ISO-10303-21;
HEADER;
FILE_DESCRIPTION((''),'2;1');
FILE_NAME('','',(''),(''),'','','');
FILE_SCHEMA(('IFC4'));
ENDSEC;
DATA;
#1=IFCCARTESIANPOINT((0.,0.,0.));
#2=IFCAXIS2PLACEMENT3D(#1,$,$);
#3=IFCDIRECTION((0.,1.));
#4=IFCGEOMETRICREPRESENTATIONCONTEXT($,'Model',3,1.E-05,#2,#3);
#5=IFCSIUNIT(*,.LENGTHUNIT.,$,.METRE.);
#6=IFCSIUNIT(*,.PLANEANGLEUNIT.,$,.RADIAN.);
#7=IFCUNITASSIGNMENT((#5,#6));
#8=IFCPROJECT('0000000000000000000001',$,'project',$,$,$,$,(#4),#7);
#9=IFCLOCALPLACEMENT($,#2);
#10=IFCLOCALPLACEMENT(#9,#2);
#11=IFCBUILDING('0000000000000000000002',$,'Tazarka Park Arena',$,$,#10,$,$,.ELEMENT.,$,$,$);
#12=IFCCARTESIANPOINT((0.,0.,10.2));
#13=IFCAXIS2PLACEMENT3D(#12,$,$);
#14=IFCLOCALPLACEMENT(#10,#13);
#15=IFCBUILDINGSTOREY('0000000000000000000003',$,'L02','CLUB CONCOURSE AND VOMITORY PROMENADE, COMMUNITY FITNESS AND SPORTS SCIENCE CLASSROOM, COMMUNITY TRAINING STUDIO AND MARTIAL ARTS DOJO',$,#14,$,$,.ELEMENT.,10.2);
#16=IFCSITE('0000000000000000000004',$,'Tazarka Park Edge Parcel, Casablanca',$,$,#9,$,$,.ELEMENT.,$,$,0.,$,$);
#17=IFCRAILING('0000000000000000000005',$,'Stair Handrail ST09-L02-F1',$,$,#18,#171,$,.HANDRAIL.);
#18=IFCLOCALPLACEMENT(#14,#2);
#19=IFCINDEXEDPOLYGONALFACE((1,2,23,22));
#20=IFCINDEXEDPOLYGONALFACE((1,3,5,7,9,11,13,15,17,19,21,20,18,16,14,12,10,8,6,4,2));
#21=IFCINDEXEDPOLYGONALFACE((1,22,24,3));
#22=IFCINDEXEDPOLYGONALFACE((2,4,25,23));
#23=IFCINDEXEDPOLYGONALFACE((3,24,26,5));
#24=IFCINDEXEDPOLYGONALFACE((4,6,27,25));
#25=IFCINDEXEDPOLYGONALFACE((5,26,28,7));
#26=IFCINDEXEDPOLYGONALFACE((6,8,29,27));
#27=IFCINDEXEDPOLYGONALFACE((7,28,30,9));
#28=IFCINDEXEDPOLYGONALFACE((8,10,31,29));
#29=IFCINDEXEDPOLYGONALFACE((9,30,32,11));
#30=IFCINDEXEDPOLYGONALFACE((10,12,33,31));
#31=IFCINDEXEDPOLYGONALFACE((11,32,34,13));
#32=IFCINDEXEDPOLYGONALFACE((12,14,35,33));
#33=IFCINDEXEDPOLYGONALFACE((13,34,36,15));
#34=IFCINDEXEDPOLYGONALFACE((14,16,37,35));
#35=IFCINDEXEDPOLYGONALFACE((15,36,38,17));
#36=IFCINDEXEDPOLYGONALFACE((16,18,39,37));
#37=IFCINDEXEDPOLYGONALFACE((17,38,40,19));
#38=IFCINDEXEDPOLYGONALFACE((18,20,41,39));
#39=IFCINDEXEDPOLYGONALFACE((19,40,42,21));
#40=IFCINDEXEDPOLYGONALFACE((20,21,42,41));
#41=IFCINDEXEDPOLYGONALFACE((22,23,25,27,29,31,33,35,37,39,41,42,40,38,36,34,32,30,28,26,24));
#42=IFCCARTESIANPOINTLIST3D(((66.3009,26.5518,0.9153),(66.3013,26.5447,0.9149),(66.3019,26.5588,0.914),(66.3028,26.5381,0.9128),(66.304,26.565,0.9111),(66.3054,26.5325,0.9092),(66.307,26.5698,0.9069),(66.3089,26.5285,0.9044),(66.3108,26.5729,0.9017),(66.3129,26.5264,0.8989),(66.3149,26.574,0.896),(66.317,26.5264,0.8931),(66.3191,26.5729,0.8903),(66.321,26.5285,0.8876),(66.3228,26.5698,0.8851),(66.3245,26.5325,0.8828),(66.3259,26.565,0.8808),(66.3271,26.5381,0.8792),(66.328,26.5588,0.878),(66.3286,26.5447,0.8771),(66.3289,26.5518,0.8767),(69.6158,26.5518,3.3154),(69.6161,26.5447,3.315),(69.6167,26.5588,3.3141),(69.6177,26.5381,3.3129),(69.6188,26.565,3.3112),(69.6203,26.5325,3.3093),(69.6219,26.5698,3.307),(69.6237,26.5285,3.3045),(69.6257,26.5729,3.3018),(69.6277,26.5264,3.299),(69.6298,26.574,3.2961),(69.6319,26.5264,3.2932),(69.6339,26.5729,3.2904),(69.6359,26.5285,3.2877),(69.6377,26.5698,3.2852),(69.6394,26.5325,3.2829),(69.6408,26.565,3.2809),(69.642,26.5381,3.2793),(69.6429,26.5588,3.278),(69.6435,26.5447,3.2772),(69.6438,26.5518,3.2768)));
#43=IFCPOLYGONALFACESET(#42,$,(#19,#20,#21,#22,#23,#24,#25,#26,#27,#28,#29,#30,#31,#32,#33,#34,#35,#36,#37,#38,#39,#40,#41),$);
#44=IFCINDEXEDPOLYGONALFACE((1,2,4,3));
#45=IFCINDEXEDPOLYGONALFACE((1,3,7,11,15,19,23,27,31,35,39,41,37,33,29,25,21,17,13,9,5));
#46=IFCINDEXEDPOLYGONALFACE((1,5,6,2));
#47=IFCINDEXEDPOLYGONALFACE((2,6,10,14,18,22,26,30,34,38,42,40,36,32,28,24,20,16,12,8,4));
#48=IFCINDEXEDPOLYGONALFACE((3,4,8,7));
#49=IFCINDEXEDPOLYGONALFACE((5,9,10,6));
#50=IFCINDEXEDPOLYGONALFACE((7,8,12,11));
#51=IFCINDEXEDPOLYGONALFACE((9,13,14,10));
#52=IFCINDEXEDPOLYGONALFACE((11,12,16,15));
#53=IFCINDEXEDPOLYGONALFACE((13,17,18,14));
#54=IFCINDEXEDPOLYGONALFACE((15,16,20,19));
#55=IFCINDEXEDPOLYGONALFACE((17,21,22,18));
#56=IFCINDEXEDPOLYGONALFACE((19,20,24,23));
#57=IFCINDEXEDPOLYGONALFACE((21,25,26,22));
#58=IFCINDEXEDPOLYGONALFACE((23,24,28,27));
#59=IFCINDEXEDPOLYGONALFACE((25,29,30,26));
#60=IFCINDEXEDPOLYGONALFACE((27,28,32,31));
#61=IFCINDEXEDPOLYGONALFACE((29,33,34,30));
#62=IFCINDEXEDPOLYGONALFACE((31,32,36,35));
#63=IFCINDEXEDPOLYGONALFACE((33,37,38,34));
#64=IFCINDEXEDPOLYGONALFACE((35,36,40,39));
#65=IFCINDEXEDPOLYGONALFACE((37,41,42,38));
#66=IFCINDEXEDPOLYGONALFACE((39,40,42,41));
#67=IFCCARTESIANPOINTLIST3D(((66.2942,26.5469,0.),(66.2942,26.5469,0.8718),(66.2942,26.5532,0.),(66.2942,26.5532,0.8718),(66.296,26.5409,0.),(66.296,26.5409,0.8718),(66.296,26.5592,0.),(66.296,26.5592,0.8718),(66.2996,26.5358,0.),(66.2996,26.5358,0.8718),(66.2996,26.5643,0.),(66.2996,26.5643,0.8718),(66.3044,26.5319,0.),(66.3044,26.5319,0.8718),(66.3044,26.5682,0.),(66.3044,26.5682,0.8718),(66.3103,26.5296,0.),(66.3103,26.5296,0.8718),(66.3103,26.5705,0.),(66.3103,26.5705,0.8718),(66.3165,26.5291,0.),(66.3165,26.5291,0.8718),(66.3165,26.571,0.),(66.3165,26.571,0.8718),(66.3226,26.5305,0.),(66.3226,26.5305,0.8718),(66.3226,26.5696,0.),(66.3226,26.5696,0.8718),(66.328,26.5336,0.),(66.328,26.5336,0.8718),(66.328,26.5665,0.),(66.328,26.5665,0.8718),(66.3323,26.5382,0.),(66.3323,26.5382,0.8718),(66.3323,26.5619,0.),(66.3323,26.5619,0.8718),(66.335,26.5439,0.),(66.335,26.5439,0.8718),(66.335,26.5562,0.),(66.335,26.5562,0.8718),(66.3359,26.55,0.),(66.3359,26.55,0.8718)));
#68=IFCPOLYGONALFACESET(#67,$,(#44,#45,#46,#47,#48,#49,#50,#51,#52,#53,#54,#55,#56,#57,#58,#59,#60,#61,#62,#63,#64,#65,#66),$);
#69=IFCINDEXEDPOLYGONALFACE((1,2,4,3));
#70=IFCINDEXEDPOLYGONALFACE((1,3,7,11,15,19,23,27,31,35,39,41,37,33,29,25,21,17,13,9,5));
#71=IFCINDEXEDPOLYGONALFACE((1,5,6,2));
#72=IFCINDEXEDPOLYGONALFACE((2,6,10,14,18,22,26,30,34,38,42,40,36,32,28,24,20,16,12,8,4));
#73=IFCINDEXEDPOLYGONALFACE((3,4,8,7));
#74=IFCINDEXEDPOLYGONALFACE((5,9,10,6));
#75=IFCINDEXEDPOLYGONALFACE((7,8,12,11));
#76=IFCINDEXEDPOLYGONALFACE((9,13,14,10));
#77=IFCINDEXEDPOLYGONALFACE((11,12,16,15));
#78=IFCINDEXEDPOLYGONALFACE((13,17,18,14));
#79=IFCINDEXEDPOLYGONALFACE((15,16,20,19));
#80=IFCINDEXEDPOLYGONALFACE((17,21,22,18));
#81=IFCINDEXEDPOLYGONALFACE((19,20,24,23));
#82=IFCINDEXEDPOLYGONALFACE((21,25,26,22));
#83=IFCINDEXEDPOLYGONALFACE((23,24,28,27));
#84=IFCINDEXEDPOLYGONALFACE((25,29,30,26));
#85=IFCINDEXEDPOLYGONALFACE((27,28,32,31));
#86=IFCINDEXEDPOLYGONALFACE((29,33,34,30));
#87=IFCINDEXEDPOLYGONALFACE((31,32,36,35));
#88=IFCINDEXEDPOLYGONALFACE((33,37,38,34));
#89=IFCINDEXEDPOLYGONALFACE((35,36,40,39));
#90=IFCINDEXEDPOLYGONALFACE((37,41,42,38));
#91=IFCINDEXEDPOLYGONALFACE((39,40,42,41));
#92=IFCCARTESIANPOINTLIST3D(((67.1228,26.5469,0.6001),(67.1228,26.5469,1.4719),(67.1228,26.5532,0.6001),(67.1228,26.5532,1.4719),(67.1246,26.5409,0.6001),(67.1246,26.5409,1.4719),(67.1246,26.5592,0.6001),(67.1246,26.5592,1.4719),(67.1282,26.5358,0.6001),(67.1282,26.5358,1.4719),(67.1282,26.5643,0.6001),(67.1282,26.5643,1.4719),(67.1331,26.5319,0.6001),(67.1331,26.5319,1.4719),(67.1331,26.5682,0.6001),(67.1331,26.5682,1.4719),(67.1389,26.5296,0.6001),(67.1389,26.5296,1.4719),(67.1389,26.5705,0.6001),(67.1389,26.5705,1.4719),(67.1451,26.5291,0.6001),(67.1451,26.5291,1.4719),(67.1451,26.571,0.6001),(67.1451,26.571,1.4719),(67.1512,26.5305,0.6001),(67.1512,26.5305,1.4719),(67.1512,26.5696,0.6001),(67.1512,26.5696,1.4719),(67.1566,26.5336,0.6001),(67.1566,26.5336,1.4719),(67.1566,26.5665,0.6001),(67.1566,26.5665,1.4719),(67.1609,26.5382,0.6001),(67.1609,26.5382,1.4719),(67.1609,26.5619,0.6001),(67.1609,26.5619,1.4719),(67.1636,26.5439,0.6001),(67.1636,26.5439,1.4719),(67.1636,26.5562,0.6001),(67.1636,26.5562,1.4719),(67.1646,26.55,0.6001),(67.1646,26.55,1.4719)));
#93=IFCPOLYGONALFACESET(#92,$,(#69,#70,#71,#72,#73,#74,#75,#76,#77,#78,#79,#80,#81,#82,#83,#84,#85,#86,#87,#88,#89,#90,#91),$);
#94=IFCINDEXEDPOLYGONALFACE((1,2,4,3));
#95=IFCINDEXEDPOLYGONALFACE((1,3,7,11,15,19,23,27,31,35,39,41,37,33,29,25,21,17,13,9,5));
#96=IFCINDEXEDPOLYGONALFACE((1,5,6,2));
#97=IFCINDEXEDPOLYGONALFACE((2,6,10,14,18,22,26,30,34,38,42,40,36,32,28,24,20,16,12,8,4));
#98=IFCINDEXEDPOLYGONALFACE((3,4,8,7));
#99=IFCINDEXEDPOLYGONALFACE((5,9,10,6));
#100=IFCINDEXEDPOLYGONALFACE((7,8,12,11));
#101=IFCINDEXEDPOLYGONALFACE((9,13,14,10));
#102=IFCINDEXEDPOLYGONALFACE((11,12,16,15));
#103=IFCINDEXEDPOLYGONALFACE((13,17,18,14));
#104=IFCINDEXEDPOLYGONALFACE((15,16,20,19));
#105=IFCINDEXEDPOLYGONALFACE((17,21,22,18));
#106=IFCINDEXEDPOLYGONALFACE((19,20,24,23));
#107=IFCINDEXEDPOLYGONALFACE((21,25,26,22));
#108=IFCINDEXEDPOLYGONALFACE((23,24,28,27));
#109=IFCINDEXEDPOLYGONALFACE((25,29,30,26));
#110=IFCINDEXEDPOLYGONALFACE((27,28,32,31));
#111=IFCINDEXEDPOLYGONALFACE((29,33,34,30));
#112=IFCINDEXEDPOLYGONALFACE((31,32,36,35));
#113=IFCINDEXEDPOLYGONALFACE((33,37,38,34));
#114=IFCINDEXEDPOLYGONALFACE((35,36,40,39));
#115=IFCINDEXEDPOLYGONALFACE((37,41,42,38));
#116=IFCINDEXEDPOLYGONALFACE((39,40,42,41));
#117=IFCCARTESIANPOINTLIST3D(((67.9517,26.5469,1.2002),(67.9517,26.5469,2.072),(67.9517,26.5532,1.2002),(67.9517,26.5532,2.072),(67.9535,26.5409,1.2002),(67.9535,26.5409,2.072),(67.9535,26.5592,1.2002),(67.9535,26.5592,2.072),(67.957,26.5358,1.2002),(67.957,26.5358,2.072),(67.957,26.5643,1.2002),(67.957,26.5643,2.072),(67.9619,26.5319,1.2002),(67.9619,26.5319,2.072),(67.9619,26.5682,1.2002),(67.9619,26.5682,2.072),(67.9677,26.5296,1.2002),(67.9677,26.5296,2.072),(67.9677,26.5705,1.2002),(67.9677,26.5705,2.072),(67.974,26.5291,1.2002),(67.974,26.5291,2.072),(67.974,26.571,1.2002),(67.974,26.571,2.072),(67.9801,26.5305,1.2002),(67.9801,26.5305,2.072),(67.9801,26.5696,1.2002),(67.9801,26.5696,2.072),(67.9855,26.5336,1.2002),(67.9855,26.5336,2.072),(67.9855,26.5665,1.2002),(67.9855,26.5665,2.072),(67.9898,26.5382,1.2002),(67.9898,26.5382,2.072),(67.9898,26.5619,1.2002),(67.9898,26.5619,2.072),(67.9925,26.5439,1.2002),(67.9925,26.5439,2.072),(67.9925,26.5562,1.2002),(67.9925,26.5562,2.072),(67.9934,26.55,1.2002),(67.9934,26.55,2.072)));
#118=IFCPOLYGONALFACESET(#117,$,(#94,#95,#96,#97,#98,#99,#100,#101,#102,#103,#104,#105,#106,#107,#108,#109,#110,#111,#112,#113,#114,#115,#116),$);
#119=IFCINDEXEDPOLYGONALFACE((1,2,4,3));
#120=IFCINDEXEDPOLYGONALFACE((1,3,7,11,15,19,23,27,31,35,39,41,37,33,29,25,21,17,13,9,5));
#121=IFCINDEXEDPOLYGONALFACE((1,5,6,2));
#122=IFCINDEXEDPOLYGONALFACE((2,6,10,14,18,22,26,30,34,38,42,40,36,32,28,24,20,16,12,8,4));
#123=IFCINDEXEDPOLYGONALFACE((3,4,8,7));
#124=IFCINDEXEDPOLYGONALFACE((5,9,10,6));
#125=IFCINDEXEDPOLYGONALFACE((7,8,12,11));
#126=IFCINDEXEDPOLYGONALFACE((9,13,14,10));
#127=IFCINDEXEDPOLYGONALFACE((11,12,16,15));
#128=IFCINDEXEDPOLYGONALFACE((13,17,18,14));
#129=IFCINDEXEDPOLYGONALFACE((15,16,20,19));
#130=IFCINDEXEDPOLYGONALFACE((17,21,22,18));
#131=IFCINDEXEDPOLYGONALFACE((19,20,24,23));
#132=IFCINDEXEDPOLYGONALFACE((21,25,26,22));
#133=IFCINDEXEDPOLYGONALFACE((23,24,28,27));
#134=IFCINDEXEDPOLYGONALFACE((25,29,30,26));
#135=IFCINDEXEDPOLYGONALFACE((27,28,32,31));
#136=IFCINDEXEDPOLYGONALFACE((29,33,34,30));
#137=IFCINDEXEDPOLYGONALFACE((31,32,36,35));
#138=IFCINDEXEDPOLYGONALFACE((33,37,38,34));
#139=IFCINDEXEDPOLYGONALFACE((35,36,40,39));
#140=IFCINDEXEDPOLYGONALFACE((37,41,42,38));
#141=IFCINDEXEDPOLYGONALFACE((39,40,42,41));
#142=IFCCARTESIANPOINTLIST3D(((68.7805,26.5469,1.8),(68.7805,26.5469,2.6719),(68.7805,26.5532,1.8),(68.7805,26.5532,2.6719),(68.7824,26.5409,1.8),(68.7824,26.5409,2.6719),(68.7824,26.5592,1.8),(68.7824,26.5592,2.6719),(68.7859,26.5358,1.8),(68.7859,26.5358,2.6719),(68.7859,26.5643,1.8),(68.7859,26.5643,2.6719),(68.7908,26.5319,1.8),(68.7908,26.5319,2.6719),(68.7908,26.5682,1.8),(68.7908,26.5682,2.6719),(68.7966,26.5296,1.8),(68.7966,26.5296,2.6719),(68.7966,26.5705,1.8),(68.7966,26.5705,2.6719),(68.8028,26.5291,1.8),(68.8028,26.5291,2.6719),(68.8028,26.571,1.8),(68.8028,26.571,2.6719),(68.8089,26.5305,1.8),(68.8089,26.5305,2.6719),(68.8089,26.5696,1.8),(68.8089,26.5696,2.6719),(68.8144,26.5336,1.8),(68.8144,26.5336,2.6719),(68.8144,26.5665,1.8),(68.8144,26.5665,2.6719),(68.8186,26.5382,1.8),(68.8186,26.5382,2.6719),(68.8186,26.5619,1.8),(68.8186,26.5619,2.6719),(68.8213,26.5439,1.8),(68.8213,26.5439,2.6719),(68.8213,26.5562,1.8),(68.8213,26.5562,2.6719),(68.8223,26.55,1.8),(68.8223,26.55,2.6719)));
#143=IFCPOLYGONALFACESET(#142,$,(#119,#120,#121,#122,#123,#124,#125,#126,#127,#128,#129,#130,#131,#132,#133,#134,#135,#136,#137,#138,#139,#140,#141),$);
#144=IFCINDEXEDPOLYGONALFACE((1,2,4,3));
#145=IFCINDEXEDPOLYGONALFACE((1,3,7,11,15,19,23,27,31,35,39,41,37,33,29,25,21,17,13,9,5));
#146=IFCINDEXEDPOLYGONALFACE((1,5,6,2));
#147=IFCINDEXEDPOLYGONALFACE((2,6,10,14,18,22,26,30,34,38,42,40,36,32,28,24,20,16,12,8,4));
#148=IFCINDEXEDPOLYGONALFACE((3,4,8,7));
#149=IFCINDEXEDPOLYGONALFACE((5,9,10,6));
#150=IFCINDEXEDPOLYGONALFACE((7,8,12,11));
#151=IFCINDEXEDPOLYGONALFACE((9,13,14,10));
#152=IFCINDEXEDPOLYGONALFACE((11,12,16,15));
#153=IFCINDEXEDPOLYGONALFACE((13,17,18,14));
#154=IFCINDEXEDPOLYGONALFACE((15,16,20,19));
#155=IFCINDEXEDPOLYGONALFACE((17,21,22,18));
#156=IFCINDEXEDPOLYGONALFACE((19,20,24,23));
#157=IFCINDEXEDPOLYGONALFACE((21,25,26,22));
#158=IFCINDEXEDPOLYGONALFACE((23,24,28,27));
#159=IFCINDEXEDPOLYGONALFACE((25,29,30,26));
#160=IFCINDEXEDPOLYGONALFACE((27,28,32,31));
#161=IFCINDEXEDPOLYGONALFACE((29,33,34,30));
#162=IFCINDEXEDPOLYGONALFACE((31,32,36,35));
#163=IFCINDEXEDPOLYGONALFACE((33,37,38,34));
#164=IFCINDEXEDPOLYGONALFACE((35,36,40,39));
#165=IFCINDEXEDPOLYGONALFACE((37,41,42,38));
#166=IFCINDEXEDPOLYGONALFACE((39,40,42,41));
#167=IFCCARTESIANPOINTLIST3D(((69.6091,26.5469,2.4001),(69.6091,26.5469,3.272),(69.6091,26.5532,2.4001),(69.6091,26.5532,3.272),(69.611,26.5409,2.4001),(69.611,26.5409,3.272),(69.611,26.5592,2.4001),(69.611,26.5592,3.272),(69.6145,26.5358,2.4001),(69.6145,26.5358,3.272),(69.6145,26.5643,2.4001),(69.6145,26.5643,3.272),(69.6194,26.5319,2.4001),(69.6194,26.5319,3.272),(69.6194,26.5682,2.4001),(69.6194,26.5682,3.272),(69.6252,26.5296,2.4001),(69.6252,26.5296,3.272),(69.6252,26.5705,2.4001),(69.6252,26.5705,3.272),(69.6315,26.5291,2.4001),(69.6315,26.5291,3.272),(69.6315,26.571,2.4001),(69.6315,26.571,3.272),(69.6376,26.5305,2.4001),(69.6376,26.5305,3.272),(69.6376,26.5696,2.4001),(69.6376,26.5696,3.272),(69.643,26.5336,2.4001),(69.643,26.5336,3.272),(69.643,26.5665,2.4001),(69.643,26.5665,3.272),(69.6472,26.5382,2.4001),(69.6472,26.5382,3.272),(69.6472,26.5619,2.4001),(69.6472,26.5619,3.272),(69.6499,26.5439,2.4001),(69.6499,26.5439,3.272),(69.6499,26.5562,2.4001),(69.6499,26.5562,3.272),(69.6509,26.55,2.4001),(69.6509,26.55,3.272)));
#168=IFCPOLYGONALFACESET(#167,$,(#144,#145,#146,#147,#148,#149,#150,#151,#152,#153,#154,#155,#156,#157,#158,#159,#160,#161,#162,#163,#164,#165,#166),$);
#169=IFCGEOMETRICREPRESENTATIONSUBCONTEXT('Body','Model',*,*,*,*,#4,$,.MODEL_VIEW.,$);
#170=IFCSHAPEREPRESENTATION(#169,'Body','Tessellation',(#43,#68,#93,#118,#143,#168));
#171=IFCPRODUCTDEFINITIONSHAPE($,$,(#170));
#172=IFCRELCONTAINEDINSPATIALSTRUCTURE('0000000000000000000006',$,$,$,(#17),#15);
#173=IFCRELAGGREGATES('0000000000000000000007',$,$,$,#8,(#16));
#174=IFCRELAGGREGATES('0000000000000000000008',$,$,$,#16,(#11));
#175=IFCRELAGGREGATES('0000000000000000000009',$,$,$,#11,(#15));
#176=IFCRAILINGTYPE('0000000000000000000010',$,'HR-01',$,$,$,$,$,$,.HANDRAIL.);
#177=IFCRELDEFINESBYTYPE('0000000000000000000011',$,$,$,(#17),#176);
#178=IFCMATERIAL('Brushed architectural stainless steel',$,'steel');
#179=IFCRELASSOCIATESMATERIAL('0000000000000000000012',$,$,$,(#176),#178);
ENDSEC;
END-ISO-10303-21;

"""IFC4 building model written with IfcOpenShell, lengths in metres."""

from ifc_helpers import new_model, si_unit, direction, frame, origin, origin_2d, place, context, subcontext, project, spatial, circle, extrude, material, type_object, element, save


model = new_model("IFC4")

# Units and contexts
model_context = context("Model", 3, precision=1e-05, world=origin(), true_north=direction((0.0, 1.0)))
body_context = subcontext(model_context, "Body", "Model", "MODEL_VIEW")
ifc_project = project(units=[si_unit("LENGTHUNIT", "METRE"), si_unit("PLANEANGLEUNIT", "RADIAN")], contexts=[model_context])

# Site, building, storey
site_placement = place(None, origin())
site = spatial("IfcSite", under=ifc_project, at=site_placement, Name="Tazarka Park Edge Parcel, Casablanca", CompositionType="ELEMENT", RefElevation=0.0)
building_placement = place(site_placement, origin())
building = spatial("IfcBuilding", under=site, at=building_placement, Name="Tazarka Park Arena", CompositionType="ELEMENT")
storey_placement = place(building_placement, frame((0.0, 0.0, 10.2)))
storey = spatial("IfcBuildingStorey", under=building, at=storey_placement, Name="L02", Description="CLUB CONCOURSE AND VOMITORY PROMENADE, COMMUNITY FITNESS AND SPORTS SCIENCE CLASSROOM, COMMUNITY TRAINING STUDIO AND MARTIAL ARTS DOJO", CompositionType="ELEMENT", Elevation=10.2)

# Railing
ifc_material_1 = material(Name="Brushed architectural stainless steel", Category="steel")
railing_type_1 = type_object("IfcRailingType", Name="HR-01", PredefinedType="HANDRAIL", material=ifc_material_1)
railing_1_placement = place(storey_placement, frame((66.3149, 26.55, 0.0)))
element("IfcRailing", 1, at=railing_1_placement, inside=storey, type_object=railing_type_1, Name="Stair Handrail ST09-L02-F1", PredefinedType="HANDRAIL", context=body_context, shape_type="SweptSolid", body=[
    extrude(circle(Radius=0.0239, at=origin_2d()), frame((0.0, 0.0, 0.896), z_axis=(0.80998, 0.0, 0.586457), x_axis=(0.0, 1.0, 0.0)), (0.0, 0.0, 1.0), 4.0925),
    extrude(circle(Radius=0.021, at=origin_2d()), origin(), (0.0, 0.0, 1.0), 0.8718),
    extrude(circle(Radius=0.021, at=origin_2d()), frame((0.8286, 0.0, 0.6001)), (0.0, 0.0, 1.0), 0.8718),
    extrude(circle(Radius=0.021, at=origin_2d()), frame((1.6575, 0.0, 1.2002)), (0.0, 0.0, 1.0), 0.8718),
    extrude(circle(Radius=0.021, at=origin_2d()), frame((2.4863, 0.0, 1.8)), (0.0, 0.0, 1.0), 0.8718),
    extrude(circle(Radius=0.021, at=origin_2d()), frame((3.3149, 0.0, 2.4001)), (0.0, 0.0, 1.0), 0.8718),
])

save(model, "model.ifc")
